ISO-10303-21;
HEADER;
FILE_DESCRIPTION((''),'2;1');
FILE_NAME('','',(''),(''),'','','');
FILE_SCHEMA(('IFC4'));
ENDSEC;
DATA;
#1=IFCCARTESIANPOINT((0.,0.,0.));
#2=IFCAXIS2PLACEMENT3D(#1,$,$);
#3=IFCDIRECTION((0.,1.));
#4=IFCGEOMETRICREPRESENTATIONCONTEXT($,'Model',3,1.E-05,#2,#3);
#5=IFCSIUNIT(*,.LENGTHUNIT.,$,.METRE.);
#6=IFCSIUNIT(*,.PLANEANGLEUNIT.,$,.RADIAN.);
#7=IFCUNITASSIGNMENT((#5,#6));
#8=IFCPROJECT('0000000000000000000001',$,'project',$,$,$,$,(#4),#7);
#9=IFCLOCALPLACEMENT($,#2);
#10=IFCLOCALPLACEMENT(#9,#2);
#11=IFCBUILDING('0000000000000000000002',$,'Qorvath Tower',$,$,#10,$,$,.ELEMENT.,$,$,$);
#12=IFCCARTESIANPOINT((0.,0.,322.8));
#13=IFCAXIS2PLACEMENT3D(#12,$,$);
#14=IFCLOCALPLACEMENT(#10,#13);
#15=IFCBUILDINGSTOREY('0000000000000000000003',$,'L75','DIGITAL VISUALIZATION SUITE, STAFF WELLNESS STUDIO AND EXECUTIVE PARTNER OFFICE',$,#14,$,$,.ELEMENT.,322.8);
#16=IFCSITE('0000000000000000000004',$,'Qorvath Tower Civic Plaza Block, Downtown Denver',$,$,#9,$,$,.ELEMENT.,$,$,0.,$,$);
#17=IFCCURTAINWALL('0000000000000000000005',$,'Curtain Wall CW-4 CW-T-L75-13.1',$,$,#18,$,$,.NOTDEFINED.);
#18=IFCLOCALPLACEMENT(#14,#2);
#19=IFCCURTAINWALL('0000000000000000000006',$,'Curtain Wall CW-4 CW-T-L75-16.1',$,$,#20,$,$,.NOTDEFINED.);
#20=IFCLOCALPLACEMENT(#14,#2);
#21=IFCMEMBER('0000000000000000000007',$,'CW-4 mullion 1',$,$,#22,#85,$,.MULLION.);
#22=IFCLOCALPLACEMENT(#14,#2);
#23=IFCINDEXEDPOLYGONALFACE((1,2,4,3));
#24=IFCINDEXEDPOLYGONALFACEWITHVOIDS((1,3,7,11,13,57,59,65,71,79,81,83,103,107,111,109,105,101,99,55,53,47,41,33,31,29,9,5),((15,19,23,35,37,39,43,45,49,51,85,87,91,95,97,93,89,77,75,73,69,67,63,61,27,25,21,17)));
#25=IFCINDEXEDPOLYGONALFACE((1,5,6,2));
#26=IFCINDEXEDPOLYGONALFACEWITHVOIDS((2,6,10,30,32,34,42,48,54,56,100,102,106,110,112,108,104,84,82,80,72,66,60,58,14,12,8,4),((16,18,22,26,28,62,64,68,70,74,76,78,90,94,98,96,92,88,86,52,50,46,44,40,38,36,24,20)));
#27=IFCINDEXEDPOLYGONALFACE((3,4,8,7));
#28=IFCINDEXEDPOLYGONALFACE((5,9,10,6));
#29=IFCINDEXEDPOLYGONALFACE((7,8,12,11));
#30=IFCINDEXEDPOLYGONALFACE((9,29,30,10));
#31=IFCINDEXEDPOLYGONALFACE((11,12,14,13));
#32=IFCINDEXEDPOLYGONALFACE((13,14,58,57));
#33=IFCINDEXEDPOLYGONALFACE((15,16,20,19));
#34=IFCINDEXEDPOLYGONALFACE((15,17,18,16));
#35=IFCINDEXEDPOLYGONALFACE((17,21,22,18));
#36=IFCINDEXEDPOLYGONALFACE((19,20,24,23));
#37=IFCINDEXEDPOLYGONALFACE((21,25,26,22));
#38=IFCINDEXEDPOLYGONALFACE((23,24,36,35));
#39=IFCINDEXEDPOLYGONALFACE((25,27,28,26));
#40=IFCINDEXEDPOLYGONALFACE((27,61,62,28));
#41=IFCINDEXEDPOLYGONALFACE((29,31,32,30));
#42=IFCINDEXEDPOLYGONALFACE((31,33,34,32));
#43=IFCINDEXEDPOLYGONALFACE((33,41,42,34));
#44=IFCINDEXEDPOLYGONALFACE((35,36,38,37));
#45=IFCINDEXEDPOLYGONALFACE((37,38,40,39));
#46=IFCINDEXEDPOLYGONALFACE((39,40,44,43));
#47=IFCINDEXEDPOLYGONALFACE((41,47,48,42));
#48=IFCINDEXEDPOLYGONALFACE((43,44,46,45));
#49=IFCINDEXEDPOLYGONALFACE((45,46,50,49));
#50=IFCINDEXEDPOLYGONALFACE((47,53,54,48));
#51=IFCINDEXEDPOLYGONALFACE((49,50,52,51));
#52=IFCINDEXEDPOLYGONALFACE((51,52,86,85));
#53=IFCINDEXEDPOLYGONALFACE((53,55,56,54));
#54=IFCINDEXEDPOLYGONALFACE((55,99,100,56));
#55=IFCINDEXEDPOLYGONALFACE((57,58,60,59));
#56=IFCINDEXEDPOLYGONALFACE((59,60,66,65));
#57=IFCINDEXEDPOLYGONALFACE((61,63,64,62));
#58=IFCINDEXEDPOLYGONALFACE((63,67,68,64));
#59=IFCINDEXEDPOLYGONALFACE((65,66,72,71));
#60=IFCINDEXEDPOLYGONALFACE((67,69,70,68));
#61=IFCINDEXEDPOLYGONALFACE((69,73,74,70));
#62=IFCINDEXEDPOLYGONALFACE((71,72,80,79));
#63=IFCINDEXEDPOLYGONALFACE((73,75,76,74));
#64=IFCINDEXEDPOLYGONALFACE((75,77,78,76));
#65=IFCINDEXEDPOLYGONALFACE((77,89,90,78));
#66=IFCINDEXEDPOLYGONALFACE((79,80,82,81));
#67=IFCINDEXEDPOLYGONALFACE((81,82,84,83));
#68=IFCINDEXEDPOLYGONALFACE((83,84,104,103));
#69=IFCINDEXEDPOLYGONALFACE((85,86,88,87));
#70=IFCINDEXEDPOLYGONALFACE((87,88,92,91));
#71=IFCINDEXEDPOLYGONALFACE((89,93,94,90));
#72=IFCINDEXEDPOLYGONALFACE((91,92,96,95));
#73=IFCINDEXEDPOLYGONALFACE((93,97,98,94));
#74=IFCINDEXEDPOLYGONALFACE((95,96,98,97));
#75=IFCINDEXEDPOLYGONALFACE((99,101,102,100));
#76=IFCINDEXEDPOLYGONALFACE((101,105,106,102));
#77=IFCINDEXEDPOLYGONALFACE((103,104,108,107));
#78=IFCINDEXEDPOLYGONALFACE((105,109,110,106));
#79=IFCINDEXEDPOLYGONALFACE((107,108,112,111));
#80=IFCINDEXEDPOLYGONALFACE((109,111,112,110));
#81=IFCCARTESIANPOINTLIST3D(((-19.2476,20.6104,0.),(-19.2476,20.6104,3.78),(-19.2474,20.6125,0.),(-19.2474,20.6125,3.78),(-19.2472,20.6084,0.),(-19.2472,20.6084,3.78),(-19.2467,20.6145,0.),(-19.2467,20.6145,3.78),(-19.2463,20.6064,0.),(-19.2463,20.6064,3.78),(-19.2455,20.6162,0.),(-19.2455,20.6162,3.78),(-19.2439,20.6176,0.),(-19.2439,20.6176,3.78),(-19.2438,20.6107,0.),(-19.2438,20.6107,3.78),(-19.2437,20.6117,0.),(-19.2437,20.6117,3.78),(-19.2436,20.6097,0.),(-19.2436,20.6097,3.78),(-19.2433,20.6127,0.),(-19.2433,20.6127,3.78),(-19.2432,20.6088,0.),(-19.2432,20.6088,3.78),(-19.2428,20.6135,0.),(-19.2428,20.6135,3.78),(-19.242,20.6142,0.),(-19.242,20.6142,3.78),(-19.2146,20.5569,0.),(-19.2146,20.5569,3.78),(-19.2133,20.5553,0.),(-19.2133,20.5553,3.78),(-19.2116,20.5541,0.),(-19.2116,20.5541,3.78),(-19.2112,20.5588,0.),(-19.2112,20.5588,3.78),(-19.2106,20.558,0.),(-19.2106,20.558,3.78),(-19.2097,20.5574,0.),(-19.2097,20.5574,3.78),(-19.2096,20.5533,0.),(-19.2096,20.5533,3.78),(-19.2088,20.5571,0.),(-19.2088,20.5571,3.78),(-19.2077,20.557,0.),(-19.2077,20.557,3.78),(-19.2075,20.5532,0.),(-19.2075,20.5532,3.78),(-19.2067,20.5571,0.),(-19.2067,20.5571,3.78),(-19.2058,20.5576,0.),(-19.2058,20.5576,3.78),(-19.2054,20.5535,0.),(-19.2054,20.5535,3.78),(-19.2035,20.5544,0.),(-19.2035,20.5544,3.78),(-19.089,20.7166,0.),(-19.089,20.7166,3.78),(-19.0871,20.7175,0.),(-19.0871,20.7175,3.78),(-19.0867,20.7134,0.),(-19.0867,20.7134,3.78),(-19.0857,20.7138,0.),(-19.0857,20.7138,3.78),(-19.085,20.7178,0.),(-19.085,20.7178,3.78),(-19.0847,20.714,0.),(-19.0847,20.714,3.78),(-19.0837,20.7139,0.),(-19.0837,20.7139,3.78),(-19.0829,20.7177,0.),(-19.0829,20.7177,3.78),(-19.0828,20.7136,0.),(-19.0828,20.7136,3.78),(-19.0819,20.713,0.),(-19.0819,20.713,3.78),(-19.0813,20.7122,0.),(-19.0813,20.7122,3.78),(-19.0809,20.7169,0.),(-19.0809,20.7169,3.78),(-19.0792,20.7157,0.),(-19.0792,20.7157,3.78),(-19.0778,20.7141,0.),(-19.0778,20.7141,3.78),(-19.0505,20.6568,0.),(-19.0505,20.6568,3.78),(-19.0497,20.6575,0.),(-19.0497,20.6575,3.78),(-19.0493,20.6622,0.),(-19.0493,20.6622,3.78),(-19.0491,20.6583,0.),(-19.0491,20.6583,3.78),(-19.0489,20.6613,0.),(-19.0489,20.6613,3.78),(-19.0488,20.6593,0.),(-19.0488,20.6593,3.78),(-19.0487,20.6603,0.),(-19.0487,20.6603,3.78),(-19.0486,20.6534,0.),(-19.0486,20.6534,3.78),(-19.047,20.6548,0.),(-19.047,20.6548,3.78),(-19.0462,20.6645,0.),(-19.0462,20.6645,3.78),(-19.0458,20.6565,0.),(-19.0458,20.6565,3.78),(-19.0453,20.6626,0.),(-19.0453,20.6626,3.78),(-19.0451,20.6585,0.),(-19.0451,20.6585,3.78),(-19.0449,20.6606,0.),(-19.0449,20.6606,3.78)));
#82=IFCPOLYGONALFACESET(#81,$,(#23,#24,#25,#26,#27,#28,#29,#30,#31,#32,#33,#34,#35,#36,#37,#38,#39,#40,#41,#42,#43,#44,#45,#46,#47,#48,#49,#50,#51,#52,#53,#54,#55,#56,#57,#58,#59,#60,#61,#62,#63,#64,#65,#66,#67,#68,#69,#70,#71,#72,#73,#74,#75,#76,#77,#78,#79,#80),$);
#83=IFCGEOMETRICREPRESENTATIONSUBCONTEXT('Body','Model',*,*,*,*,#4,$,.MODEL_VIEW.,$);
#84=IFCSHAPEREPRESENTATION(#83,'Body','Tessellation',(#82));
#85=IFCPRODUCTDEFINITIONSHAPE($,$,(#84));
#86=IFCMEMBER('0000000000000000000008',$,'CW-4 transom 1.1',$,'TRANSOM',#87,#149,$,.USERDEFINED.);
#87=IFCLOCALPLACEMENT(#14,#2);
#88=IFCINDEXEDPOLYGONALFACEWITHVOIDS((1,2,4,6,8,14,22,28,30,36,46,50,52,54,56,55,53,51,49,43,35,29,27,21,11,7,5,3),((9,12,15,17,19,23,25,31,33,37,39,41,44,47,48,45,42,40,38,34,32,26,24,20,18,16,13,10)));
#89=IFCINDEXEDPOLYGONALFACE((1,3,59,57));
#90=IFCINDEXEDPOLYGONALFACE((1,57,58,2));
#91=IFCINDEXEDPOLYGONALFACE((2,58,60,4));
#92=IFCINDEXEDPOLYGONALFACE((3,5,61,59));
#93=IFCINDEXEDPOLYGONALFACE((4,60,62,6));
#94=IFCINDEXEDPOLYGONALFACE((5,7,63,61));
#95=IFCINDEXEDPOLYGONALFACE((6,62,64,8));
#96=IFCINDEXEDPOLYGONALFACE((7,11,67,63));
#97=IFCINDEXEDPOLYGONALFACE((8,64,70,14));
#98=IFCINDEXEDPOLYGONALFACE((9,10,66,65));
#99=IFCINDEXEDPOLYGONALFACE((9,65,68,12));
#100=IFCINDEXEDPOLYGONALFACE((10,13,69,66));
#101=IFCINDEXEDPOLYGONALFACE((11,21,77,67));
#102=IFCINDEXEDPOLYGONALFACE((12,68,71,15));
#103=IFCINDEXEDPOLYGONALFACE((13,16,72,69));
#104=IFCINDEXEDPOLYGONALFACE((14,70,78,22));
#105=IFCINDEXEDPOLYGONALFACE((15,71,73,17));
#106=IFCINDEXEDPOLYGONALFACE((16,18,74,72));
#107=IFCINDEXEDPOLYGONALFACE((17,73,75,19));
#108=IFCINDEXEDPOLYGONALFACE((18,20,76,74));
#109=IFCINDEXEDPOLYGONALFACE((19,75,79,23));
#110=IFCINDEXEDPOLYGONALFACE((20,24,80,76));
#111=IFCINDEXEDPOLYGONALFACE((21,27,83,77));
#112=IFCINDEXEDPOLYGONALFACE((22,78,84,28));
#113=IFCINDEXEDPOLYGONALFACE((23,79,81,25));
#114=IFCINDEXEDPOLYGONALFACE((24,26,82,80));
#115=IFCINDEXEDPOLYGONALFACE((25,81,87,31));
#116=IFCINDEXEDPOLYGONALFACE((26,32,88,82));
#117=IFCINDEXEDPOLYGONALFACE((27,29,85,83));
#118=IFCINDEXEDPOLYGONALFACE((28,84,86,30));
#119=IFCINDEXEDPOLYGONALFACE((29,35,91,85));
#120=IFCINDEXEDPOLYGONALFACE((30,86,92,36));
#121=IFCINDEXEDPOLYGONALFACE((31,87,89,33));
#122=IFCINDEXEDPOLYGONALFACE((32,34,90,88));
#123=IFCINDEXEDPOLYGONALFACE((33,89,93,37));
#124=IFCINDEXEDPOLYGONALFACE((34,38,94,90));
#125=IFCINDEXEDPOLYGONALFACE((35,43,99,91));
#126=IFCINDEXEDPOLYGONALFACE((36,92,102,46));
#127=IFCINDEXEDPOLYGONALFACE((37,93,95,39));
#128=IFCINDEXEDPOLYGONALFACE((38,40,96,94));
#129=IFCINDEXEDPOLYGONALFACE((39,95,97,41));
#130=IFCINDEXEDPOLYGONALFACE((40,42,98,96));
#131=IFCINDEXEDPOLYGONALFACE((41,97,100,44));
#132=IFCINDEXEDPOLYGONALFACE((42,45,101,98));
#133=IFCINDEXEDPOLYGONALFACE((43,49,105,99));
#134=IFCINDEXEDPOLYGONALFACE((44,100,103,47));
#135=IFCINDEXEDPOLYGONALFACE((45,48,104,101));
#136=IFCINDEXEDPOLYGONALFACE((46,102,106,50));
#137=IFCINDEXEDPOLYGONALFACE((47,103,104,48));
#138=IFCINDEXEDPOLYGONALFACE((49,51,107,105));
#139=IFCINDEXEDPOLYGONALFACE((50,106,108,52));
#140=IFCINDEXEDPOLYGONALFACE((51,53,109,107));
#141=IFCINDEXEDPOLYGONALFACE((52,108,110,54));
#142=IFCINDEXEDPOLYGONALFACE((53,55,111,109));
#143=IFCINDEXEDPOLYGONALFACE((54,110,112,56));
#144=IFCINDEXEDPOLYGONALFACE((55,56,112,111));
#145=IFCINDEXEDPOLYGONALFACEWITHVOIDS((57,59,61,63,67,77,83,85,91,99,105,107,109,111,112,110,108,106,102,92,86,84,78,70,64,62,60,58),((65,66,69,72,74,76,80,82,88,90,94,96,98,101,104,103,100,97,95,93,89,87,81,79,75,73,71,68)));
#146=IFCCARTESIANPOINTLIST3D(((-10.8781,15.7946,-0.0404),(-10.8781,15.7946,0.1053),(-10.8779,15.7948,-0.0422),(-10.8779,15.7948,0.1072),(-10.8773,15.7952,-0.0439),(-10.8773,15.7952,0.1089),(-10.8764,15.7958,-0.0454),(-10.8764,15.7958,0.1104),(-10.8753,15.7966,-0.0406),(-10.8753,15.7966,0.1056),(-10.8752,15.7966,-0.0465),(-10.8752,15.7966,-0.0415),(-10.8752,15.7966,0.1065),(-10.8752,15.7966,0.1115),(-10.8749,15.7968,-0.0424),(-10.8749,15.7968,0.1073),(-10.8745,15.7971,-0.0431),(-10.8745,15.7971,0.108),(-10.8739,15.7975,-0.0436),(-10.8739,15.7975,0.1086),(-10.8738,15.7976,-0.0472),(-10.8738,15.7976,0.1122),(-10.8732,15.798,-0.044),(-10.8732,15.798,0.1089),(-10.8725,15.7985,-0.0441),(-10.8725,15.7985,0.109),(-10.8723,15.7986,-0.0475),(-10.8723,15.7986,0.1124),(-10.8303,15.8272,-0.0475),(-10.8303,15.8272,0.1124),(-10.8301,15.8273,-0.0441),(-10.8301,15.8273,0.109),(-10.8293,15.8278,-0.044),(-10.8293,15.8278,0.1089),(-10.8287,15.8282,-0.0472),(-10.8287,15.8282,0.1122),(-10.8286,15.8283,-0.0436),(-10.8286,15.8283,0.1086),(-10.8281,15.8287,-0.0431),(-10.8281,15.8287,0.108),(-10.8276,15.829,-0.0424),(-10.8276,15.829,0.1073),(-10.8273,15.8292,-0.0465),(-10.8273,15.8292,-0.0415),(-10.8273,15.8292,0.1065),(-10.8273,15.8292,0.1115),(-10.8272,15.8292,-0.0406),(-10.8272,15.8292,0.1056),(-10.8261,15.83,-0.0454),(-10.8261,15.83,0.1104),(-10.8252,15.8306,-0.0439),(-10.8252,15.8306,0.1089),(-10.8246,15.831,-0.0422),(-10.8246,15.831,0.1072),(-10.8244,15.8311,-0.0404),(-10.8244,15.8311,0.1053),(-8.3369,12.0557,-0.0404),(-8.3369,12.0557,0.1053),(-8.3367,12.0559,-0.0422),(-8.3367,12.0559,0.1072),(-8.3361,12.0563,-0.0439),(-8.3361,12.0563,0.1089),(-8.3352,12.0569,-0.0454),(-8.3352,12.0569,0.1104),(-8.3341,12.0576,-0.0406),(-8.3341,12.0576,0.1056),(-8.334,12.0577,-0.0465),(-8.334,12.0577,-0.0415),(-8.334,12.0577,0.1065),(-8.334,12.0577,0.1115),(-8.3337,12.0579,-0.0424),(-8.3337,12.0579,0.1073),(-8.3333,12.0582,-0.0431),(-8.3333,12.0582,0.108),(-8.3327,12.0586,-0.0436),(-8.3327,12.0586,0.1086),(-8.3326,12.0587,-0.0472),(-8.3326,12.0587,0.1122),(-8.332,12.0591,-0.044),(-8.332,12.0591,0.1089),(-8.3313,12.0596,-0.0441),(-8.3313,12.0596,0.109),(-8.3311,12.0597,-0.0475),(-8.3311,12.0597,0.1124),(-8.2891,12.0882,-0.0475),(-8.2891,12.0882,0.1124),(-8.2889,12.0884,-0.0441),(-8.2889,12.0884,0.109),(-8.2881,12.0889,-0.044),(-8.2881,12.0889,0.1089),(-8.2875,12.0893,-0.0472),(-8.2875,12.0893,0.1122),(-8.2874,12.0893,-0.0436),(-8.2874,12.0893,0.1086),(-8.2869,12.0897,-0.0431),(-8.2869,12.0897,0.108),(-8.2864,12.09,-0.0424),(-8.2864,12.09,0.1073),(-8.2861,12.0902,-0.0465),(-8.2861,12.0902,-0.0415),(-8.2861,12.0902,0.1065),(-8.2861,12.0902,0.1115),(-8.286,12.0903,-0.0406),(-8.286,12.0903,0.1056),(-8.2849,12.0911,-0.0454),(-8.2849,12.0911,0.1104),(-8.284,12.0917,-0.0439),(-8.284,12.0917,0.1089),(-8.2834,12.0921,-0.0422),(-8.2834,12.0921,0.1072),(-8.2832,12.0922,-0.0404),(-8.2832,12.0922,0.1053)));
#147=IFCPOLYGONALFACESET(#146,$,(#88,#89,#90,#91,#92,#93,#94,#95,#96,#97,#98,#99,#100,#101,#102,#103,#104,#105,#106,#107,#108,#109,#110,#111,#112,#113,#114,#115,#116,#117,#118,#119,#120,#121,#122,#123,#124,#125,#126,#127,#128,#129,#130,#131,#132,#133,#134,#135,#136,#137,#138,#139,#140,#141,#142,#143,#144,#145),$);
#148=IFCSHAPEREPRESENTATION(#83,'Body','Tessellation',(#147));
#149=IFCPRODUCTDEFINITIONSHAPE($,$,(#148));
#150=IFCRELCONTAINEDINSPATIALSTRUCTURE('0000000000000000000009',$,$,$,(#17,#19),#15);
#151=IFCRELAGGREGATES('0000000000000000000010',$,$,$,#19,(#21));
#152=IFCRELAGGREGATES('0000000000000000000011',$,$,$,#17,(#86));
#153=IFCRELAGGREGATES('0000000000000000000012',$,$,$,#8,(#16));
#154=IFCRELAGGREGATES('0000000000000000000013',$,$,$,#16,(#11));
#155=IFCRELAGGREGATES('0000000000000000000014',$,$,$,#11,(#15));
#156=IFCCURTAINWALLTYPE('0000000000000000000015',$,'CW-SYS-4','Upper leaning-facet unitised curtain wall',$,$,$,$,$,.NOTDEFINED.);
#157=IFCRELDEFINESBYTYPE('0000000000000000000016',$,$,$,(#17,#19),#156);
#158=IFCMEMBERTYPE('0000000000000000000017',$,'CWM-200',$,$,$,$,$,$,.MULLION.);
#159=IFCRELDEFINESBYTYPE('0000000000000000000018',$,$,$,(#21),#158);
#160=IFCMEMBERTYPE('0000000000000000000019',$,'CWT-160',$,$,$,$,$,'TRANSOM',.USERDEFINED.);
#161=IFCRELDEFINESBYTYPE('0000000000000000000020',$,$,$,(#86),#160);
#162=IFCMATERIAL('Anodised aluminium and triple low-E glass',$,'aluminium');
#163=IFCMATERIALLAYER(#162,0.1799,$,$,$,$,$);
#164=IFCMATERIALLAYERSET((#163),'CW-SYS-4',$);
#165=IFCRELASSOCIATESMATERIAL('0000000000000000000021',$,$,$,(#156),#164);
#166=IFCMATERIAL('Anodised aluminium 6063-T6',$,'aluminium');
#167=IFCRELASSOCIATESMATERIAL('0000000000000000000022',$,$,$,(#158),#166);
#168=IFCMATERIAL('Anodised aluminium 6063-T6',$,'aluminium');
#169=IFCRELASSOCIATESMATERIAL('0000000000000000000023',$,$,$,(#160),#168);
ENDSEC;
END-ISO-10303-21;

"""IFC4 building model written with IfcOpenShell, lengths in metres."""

from ifc_helpers import new_model, si_unit, direction, frame, origin, origin_2d, place, context, subcontext, project, spatial, hollow_rectangle, extrude, material, layer, layer_set, material_profile, profile_set, type_object, element, aggregate, save


model = new_model("IFC4")

# Units and contexts
model_context = context("Model", 3, precision=1e-05, world=origin(), true_north=direction((0.0, 1.0)))
body_context = subcontext(model_context, "Body", "Model", "MODEL_VIEW")
ifc_project = project(units=[si_unit("LENGTHUNIT", "METRE"), si_unit("PLANEANGLEUNIT", "RADIAN")], contexts=[model_context])

# Site, building, storey
site_placement = place(None, origin())
site = spatial("IfcSite", under=ifc_project, at=site_placement, Name="Qorvath Tower Civic Plaza Block, Downtown Denver", CompositionType="ELEMENT", RefElevation=0.0)
building_placement = place(site_placement, origin())
building = spatial("IfcBuilding", under=site, at=building_placement, Name="Qorvath Tower", CompositionType="ELEMENT")
storey_placement = place(building_placement, frame((0.0, 0.0, 322.8)))
storey = spatial("IfcBuildingStorey", under=building, at=storey_placement, Name="L75", Description="DIGITAL VISUALIZATION SUITE, STAFF WELLNESS STUDIO AND EXECUTIVE PARTNER OFFICE", CompositionType="ELEMENT", Elevation=322.8)

# Shared definitions
ifc_material_1 = material(Name="Anodised aluminium and triple low-E glass", Category="aluminium")
ifc_layer_1 = layer(ifc_material_1, 0.1799)
ifc_layer_set_1 = layer_set([ifc_layer_1], Name="CW-SYS-4")
curtain_wall_type = type_object("IfcCurtainWallType", Name="CW-SYS-4", Description="Upper leaning-facet unitised curtain wall", PredefinedType="NOTDEFINED", material=ifc_layer_set_1)
ifc_material_2 = material(Name="Anodised aluminium 6063-T6", Category="aluminium")
ifc_material_profile_1 = material_profile(ifc_material_2, hollow_rectangle(XDim=0.075, YDim=0.2, WallThickness=0.0039, InnerFilletRadius=0.0039, OuterFilletRadius=0.0081, at=origin_2d()), Name="CWM 200x75")
ifc_profile_set_1 = profile_set([ifc_material_profile_1], Name="Anodised aluminium 6063-T6")
member_type_1 = type_object("IfcMemberType", Name="CWM-200", PredefinedType="MULLION", material=ifc_profile_set_1)

# Curtain wall
curtain_wall_1_placement = place(storey_placement, origin())
curtain_wall_1 = element("IfcCurtainWall", 1, at=curtain_wall_1_placement, inside=storey, type_object=curtain_wall_type, Name="Curtain Wall CW-4 CW-T-L75-13.1", PredefinedType="NOTDEFINED")

# Curtain wall, member
curtain_wall_2_placement = place(storey_placement, origin())
curtain_wall_2 = element("IfcCurtainWall", 2, at=curtain_wall_2_placement, inside=storey, type_object=curtain_wall_type, Name="Curtain Wall CW-4 CW-T-L75-16.1", PredefinedType="NOTDEFINED")
member_1_placement = place(storey_placement, frame((-19.1462, 20.6355, 0.0), z_axis=(0.0, 0.0, 1.0), x_axis=(0.538536, -0.842603, 0.0)))
member_1 = element("IfcMember", 3, at=member_1_placement, type_object=member_type_1, Name="CW-4 mullion 1", PredefinedType="MULLION", context=body_context, shape_type="SweptSolid", body=[
    extrude(hollow_rectangle(XDim=0.075, YDim=0.2, WallThickness=0.0039, InnerFilletRadius=0.0039, OuterFilletRadius=0.0081, at=origin_2d()), origin(), (0.0, 0.0, 1.0), 3.78),
])

# Member
ifc_material_3 = material(Name="Anodised aluminium 6063-T6", Category="aluminium")
ifc_material_profile_2 = material_profile(ifc_material_3, hollow_rectangle(XDim=0.0649, YDim=0.1599, WallThickness=0.0034, InnerFilletRadius=0.0034, OuterFilletRadius=0.0071, at=origin_2d()), Name="CWT 160x65")
ifc_profile_set_2 = profile_set([ifc_material_profile_2], Name="Anodised aluminium 6063-T6")
member_type_2 = type_object("IfcMemberType", Name="CWT-160", ElementType="TRANSOM", PredefinedType="USERDEFINED", material=ifc_profile_set_2)
member_2_placement = place(storey_placement, frame((-8.3101, 12.074, 0.0325), z_axis=(-0.562118, 0.827057, 0.0), x_axis=(-0.827057, -0.562118, 0.0)))
member_2 = element("IfcMember", 4, at=member_2_placement, type_object=member_type_2, Name="CW-4 transom 1.1", ObjectType="TRANSOM", PredefinedType="USERDEFINED", context=body_context, shape_type="SweptSolid", body=[
    extrude(hollow_rectangle(XDim=0.0649, YDim=0.1599, WallThickness=0.0034, InnerFilletRadius=0.0034, OuterFilletRadius=0.0071, at=origin_2d()), origin(), (0.0, 0.0, 1.0), 4.5208),
])
aggregate(curtain_wall_2, [member_1])

aggregate(curtain_wall_1, [member_2])

save(model, "model.ifc")
